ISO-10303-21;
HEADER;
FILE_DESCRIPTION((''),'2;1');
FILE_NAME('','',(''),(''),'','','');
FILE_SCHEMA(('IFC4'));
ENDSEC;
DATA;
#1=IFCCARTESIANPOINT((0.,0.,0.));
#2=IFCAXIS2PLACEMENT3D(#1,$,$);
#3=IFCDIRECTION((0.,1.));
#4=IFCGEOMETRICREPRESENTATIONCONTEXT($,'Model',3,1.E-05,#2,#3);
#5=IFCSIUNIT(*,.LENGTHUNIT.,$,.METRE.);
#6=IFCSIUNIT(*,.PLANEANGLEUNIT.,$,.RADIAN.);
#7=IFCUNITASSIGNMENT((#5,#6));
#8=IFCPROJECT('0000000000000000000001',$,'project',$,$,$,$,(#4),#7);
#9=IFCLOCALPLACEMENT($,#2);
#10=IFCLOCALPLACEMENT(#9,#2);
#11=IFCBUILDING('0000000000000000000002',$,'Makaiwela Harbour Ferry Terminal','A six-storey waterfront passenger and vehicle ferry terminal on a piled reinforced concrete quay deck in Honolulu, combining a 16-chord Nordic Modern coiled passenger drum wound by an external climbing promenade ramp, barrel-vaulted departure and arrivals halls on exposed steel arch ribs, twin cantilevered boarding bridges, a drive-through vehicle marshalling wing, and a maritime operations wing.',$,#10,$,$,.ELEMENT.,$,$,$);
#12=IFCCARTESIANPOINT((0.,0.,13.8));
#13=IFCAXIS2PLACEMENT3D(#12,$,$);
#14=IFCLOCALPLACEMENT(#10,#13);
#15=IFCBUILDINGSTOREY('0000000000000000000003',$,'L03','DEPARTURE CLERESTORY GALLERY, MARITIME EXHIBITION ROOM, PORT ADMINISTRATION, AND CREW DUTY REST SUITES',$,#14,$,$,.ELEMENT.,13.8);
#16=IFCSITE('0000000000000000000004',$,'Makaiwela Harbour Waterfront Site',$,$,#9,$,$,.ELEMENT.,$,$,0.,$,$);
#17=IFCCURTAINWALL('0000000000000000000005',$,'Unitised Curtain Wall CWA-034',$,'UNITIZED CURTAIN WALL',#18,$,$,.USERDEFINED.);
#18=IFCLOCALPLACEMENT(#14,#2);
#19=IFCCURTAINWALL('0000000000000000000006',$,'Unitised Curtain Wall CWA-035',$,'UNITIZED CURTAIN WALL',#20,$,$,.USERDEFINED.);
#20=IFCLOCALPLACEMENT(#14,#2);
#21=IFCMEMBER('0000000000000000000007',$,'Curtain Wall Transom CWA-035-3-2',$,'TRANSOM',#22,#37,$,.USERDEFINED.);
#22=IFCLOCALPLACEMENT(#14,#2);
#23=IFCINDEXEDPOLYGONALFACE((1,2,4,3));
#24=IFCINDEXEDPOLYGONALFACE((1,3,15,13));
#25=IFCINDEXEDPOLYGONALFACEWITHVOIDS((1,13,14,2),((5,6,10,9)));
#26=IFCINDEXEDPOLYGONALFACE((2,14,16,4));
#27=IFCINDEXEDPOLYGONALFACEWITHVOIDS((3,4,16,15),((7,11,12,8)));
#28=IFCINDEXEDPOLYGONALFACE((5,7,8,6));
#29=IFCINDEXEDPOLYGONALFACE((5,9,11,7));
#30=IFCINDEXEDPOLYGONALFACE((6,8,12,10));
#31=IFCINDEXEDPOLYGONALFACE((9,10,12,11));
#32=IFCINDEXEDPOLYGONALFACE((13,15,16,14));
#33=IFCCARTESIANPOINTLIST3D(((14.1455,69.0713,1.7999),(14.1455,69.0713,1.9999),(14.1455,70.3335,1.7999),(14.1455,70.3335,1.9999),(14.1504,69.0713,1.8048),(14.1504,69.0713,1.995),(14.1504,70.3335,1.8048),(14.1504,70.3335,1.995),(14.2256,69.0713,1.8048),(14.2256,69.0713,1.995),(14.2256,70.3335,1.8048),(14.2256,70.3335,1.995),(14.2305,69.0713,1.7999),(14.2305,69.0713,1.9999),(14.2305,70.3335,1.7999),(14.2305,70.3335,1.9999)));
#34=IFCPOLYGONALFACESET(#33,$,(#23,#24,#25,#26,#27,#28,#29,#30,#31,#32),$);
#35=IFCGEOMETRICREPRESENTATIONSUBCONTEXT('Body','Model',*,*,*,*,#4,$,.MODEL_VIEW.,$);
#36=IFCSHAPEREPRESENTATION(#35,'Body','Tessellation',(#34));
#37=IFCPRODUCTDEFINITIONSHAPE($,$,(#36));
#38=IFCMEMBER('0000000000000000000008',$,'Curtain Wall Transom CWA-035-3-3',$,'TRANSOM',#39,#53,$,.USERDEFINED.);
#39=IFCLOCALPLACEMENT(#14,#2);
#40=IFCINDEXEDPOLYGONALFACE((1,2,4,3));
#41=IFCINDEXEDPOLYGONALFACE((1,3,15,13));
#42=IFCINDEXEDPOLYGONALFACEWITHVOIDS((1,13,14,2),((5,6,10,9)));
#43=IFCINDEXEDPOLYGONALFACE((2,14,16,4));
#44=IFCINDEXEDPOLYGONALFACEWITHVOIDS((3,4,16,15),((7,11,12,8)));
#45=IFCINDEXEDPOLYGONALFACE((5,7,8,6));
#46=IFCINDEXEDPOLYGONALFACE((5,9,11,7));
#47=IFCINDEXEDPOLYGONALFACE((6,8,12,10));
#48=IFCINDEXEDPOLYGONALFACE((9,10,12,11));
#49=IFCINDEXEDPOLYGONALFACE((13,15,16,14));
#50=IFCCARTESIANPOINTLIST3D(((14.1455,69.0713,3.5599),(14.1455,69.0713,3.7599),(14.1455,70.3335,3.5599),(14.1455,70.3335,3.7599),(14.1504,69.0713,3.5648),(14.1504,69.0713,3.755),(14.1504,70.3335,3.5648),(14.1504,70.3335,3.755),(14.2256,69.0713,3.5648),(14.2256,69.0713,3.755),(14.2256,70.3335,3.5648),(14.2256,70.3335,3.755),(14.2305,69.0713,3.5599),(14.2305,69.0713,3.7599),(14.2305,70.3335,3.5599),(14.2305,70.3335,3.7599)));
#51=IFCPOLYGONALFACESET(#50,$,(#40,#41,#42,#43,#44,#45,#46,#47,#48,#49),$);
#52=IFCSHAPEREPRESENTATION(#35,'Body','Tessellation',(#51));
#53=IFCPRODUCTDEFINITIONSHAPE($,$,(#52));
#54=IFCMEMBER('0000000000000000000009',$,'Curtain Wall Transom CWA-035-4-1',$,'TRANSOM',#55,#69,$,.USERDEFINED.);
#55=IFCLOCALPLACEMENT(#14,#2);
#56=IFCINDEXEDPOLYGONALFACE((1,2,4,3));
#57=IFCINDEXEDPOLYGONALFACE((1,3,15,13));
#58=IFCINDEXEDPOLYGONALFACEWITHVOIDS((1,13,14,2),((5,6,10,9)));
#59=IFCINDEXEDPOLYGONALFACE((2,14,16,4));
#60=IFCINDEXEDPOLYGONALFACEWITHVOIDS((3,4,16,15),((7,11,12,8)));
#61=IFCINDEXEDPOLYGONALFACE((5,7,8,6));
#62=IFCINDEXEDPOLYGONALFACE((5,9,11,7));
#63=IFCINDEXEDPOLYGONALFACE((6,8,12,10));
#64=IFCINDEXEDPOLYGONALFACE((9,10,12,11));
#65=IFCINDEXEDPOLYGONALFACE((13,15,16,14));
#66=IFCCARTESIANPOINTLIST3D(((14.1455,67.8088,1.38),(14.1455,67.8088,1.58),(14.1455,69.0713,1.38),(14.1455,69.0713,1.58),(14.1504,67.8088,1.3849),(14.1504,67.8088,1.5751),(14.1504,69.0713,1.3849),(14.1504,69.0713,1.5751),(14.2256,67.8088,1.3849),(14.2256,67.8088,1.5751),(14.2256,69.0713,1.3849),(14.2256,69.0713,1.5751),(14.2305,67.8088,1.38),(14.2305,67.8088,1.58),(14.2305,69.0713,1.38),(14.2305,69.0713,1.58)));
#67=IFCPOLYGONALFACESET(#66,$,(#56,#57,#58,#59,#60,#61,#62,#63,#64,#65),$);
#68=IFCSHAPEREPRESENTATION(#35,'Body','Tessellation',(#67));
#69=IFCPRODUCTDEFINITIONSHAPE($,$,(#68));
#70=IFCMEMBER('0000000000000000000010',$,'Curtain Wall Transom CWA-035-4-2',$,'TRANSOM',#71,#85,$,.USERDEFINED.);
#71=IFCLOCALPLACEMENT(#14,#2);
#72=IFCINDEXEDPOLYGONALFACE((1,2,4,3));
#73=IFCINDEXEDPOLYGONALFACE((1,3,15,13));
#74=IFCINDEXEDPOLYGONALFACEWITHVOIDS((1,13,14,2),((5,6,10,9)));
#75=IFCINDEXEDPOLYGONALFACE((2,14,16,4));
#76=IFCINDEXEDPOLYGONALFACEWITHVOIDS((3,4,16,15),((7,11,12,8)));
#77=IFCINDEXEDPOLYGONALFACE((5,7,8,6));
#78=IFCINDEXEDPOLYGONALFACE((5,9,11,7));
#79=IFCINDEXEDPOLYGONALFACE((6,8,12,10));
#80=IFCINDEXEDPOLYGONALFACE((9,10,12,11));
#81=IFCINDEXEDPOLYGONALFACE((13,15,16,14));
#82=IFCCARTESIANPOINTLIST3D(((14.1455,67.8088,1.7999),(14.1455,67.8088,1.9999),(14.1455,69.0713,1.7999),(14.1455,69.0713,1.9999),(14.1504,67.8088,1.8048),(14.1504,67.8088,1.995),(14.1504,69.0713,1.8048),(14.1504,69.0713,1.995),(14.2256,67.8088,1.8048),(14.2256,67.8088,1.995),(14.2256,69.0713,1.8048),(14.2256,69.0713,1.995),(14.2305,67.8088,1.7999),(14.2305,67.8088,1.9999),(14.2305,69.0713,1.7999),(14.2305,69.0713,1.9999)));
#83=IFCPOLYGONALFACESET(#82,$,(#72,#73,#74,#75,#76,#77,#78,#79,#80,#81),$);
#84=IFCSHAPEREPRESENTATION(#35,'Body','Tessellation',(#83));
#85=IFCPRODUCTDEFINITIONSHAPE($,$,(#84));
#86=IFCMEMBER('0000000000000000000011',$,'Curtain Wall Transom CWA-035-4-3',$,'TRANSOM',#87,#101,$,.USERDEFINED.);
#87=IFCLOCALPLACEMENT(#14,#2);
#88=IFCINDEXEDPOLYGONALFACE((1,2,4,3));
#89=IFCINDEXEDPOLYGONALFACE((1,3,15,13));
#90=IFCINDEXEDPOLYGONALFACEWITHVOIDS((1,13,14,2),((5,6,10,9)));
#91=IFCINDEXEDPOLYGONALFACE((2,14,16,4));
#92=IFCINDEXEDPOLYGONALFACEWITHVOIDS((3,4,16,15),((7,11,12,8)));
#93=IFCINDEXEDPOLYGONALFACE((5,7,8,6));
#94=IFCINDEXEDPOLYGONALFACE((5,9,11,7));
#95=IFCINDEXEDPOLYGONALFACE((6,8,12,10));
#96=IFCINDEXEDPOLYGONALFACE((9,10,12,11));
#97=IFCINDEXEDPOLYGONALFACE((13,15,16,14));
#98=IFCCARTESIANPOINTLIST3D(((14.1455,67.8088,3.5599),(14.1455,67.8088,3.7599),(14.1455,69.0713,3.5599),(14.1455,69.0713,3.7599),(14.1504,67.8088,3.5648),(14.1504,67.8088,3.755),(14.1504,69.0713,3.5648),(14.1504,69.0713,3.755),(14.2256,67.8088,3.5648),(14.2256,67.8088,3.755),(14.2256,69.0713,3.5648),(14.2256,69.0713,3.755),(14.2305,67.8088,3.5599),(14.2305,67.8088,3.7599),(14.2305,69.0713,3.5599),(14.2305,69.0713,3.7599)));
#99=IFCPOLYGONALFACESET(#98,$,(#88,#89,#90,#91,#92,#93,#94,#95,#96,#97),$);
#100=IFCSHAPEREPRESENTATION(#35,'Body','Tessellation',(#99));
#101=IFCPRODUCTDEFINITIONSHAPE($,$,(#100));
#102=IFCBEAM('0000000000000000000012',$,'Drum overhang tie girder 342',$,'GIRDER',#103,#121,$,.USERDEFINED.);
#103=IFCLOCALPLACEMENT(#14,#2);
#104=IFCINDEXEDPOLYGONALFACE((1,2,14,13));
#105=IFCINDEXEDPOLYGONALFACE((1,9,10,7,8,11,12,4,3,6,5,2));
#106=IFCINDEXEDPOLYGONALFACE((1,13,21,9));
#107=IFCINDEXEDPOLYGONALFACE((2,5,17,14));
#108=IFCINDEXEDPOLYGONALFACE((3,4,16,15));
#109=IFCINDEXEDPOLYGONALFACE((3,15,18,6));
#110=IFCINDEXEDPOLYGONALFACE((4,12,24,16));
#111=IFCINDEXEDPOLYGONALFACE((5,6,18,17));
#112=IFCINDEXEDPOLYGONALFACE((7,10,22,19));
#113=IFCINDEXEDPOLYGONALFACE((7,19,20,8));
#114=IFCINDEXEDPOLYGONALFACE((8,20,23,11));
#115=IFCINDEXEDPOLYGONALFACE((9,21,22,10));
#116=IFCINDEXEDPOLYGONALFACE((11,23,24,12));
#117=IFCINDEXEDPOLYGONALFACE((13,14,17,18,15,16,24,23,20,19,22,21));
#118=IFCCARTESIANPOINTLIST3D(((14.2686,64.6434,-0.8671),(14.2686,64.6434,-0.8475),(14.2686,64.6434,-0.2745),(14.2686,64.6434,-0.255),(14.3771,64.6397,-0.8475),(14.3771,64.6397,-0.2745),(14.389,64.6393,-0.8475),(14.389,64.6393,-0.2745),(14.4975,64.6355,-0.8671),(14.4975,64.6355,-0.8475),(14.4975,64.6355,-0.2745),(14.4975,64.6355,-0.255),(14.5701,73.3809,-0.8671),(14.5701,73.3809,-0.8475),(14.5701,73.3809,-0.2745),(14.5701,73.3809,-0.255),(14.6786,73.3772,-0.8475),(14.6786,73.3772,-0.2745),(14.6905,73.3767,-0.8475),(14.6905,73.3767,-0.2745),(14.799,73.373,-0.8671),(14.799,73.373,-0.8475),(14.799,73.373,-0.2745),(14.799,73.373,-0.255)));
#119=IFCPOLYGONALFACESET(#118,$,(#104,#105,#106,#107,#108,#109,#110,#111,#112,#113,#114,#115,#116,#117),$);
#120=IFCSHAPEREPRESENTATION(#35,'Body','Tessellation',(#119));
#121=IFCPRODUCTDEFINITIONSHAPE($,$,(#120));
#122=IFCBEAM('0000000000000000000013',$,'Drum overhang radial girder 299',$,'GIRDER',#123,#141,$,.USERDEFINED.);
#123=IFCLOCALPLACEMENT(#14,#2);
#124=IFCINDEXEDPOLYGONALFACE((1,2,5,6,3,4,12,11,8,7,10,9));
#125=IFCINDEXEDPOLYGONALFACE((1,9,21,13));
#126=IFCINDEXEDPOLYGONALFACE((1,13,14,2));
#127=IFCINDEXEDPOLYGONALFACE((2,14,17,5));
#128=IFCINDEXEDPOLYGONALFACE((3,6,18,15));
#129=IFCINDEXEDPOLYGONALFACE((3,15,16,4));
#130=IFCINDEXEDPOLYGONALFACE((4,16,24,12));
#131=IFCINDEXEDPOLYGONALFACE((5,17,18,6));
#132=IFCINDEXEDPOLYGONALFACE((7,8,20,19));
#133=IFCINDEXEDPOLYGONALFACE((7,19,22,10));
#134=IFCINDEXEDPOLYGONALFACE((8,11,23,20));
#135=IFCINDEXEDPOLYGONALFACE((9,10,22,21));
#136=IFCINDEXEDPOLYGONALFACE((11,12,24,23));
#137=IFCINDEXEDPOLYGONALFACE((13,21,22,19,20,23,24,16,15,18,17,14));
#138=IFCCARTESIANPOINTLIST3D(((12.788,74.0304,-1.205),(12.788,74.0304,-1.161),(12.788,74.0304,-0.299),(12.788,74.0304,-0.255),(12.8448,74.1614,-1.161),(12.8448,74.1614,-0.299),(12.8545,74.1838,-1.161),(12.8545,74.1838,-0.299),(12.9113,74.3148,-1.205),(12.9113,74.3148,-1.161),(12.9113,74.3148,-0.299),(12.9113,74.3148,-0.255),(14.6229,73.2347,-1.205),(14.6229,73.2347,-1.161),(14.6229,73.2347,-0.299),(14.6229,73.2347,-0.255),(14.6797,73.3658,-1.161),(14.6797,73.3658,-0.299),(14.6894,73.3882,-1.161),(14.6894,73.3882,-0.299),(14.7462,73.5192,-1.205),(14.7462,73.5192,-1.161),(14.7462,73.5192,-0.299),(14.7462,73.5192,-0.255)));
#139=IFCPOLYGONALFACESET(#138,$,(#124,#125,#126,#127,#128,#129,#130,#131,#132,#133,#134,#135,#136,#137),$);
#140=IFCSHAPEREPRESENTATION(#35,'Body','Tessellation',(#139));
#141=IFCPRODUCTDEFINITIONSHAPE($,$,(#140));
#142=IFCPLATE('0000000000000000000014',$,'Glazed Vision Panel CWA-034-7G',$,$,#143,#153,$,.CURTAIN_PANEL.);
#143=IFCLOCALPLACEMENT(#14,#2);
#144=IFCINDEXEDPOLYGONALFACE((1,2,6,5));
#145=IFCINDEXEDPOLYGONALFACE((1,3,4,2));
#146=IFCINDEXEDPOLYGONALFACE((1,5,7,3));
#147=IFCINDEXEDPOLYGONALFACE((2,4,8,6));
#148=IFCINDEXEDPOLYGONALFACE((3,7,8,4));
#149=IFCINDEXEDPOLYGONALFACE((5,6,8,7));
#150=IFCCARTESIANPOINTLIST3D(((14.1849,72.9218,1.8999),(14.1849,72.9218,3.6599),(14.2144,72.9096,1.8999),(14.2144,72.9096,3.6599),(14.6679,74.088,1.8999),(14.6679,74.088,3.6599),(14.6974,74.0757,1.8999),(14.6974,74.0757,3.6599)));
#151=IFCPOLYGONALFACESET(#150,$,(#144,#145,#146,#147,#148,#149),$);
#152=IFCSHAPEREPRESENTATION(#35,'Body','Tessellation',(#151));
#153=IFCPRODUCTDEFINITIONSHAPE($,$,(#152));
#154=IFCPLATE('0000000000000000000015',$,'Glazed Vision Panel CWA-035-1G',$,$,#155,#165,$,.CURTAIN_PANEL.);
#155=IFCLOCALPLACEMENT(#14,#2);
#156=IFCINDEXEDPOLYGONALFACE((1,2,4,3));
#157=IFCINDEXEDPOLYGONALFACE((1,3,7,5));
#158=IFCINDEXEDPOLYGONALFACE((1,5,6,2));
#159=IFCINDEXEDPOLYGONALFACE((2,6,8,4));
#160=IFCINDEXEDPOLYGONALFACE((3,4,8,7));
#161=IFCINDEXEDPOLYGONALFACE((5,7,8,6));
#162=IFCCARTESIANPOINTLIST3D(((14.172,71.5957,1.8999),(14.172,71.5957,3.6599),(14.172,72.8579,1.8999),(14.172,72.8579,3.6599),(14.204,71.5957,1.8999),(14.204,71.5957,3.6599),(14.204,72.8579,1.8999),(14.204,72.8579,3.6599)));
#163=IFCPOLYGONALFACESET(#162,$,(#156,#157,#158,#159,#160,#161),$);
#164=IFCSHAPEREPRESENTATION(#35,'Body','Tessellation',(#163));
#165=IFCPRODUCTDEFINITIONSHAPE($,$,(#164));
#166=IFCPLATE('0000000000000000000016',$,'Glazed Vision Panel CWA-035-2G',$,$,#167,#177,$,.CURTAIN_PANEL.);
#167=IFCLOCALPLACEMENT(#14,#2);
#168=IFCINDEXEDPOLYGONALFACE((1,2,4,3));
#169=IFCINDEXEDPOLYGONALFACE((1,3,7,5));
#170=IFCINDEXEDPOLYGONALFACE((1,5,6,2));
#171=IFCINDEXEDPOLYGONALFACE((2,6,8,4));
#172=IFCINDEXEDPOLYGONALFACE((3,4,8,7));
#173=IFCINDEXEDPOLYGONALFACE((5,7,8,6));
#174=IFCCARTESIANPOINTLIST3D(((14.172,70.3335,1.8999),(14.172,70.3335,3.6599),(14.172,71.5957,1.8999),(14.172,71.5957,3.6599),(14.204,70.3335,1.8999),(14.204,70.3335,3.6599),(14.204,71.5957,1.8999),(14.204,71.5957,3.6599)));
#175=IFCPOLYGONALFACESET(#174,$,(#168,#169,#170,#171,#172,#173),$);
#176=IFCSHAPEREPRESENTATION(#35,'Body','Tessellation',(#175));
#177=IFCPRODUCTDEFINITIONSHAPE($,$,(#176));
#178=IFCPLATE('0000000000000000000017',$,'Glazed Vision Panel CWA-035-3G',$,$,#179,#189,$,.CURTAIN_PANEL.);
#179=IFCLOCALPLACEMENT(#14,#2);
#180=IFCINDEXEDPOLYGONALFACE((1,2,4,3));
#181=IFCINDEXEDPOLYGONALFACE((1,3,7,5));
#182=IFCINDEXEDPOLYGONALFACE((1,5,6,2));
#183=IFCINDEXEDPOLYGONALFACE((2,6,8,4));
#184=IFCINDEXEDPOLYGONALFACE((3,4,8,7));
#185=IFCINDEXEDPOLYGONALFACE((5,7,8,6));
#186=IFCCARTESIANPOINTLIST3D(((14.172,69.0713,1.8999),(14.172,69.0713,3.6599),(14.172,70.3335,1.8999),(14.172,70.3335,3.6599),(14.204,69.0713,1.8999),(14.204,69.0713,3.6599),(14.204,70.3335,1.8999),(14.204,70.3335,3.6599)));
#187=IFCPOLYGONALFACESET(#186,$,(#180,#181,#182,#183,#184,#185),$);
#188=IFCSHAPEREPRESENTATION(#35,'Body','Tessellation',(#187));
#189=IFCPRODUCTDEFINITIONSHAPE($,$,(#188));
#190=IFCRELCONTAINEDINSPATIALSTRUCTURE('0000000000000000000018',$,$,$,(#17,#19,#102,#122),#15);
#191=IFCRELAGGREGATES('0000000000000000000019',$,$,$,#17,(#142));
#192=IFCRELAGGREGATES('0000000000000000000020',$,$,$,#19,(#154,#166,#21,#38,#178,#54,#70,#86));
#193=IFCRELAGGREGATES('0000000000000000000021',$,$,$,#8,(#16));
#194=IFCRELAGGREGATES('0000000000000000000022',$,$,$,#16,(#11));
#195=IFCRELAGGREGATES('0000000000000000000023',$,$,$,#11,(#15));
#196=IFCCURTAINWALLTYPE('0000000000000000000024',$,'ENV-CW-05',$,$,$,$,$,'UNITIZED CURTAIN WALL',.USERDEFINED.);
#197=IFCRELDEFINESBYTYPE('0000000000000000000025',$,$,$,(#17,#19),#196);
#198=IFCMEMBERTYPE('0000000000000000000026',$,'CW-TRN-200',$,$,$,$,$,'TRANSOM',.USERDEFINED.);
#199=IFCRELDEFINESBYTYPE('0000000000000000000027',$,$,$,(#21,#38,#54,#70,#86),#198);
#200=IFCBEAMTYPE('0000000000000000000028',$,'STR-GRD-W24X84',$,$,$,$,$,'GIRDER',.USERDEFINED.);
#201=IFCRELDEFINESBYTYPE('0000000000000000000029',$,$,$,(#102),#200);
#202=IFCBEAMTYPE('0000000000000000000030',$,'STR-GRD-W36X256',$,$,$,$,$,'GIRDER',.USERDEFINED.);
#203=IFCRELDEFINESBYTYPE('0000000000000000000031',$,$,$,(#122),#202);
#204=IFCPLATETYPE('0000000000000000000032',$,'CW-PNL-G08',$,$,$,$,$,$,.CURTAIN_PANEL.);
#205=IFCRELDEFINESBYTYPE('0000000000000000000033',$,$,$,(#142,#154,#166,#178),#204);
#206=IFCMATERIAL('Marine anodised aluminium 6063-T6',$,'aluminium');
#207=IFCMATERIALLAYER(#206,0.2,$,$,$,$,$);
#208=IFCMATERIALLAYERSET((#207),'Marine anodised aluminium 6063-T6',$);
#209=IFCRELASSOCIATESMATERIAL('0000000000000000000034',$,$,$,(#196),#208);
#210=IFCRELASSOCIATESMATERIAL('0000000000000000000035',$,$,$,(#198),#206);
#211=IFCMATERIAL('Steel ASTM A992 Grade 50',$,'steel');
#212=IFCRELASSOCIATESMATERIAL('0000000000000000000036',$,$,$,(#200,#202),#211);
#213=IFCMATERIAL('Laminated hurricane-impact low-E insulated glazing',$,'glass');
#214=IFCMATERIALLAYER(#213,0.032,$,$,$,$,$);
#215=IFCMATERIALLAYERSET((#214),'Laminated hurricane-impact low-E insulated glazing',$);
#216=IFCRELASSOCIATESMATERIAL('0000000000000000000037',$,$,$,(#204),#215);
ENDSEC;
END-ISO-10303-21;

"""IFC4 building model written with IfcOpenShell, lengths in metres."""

from ifc_helpers import new_model, si_unit, direction, frame, origin, origin_2d, place, context, subcontext, project, spatial, rectangle, hollow_rectangle, i_section, extrude, material, layer, layer_set, material_profile, profile_set, type_object, element, aggregate, save


model = new_model("IFC4")

# Units and contexts
model_context = context("Model", 3, precision=1e-05, world=origin(), true_north=direction((0.0, 1.0)))
body_context = subcontext(model_context, "Body", "Model", "MODEL_VIEW")
ifc_project = project(units=[si_unit("LENGTHUNIT", "METRE"), si_unit("PLANEANGLEUNIT", "RADIAN")], contexts=[model_context])

# Site, building, storey
site_placement = place(None, origin())
site = spatial("IfcSite", under=ifc_project, at=site_placement, Name="Makaiwela Harbour Waterfront Site", CompositionType="ELEMENT", RefElevation=0.0)
building_placement = place(site_placement, origin())
building = spatial("IfcBuilding", under=site, at=building_placement, Name="Makaiwela Harbour Ferry Terminal", Description="A six-storey waterfront passenger and vehicle ferry terminal on a piled reinforced concrete quay deck in Honolulu, combining a 16-chord Nordic Modern coiled passenger drum wound by an external climbing promenade ramp, barrel-vaulted departure and arrivals halls on exposed steel arch ribs, twin cantilevered boarding bridges, a drive-through vehicle marshalling wing, and a maritime operations wing.", CompositionType="ELEMENT")
storey_placement = place(building_placement, frame((0.0, 0.0, 13.8)))
storey = spatial("IfcBuildingStorey", under=building, at=storey_placement, Name="L03", Description="DEPARTURE CLERESTORY GALLERY, MARITIME EXHIBITION ROOM, PORT ADMINISTRATION, AND CREW DUTY REST SUITES", CompositionType="ELEMENT", Elevation=13.8)

# Curtain wall
ifc_material_1 = material(Name="Marine anodised aluminium 6063-T6", Category="aluminium")
ifc_layer_1 = layer(ifc_material_1, 0.2)
ifc_layer_set_1 = layer_set([ifc_layer_1], Name="Marine anodised aluminium 6063-T6")
curtain_wall_type = type_object("IfcCurtainWallType", Name="ENV-CW-05", ElementType="UNITIZED CURTAIN WALL", PredefinedType="USERDEFINED", material=ifc_layer_set_1)
curtain_wall_1_placement = place(storey_placement, origin())
curtain_wall_1 = element("IfcCurtainWall", 1, at=curtain_wall_1_placement, inside=storey, type_object=curtain_wall_type, Name="Unitised Curtain Wall CWA-034", ObjectType="UNITIZED CURTAIN WALL", PredefinedType="USERDEFINED")

# Curtain wall, members
curtain_wall_2_placement = place(storey_placement, origin())
curtain_wall_2 = element("IfcCurtainWall", 2, at=curtain_wall_2_placement, inside=storey, type_object=curtain_wall_type, Name="Unitised Curtain Wall CWA-035", ObjectType="UNITIZED CURTAIN WALL", PredefinedType="USERDEFINED")
ifc_material_profile_1 = material_profile(ifc_material_1, hollow_rectangle(XDim=0.085, YDim=0.2, WallThickness=0.0049, at=origin_2d()), Name="CWT-200X85")
ifc_profile_set_1 = profile_set([ifc_material_profile_1], Name="Marine anodised aluminium 6063-T6")
member_type_1 = type_object("IfcMemberType", Name="CW-TRN-200", ElementType="TRANSOM", PredefinedType="USERDEFINED", material=ifc_profile_set_1)
member_1_placement = place(storey_placement, frame((14.188, 70.3335, 1.8999), z_axis=(0.0, -1.0, 0.0), x_axis=(1.0, 0.0, 0.0)))
member_1 = element("IfcMember", 3, at=member_1_placement, type_object=member_type_1, Name="Curtain Wall Transom CWA-035-3-2", ObjectType="TRANSOM", PredefinedType="USERDEFINED", context=body_context, shape_type="SweptSolid", body=[
    extrude(hollow_rectangle(XDim=0.085, YDim=0.2, WallThickness=0.0049, at=origin_2d()), origin(), (0.0, 0.0, 1.0), 1.2622),
])
member_2_placement = place(storey_placement, frame((14.188, 70.3335, 3.6599), z_axis=(0.0, -1.0, 0.0), x_axis=(1.0, 0.0, 0.0)))
member_2 = element("IfcMember", 4, at=member_2_placement, type_object=member_type_1, Name="Curtain Wall Transom CWA-035-3-3", ObjectType="TRANSOM", PredefinedType="USERDEFINED", context=body_context, shape_type="SweptSolid", body=[
    extrude(hollow_rectangle(XDim=0.085, YDim=0.2, WallThickness=0.0049, at=origin_2d()), origin(), (0.0, 0.0, 1.0), 1.2622),
])
member_3_placement = place(storey_placement, frame((14.188, 69.0713, 1.48), z_axis=(0.0, -1.0, 0.0), x_axis=(1.0, 0.0, 0.0)))
member_3 = element("IfcMember", 5, at=member_3_placement, type_object=member_type_1, Name="Curtain Wall Transom CWA-035-4-1", ObjectType="TRANSOM", PredefinedType="USERDEFINED", context=body_context, shape_type="SweptSolid", body=[
    extrude(hollow_rectangle(XDim=0.085, YDim=0.2, WallThickness=0.0049, at=origin_2d()), origin(), (0.0, 0.0, 1.0), 1.2625),
])
member_4_placement = place(storey_placement, frame((14.188, 69.0713, 1.8999), z_axis=(0.0, -1.0, 0.0), x_axis=(1.0, 0.0, 0.0)))
member_4 = element("IfcMember", 6, at=member_4_placement, type_object=member_type_1, Name="Curtain Wall Transom CWA-035-4-2", ObjectType="TRANSOM", PredefinedType="USERDEFINED", context=body_context, shape_type="SweptSolid", body=[
    extrude(hollow_rectangle(XDim=0.085, YDim=0.2, WallThickness=0.0049, at=origin_2d()), origin(), (0.0, 0.0, 1.0), 1.2625),
])
member_5_placement = place(storey_placement, frame((14.188, 69.0713, 3.6599), z_axis=(0.0, -1.0, 0.0), x_axis=(1.0, 0.0, 0.0)))
member_5 = element("IfcMember", 7, at=member_5_placement, type_object=member_type_1, Name="Curtain Wall Transom CWA-035-4-3", ObjectType="TRANSOM", PredefinedType="USERDEFINED", context=body_context, shape_type="SweptSolid", body=[
    extrude(hollow_rectangle(XDim=0.085, YDim=0.2, WallThickness=0.0049, at=origin_2d()), origin(), (0.0, 0.0, 1.0), 1.2625),
])

# Beams
ifc_material_2 = material(Name="Steel ASTM A992 Grade 50", Category="steel")
ifc_material_profile_2 = material_profile(ifc_material_2, i_section(OverallWidth=0.229, OverallDepth=0.6121, WebThickness=0.012, FlangeThickness=0.0195, at=origin_2d()), Name="W24X84")
ifc_profile_set_2 = profile_set([ifc_material_profile_2], Name="Steel ASTM A992 Grade 50")
beam_type_1 = type_object("IfcBeamType", Name="STR-GRD-W24X84", ElementType="GIRDER", PredefinedType="USERDEFINED", material=ifc_profile_set_2)
beam_1_placement = place(storey_placement, frame((14.6846, 73.377, -0.561), z_axis=(-0.034487, -0.999405, 0.0), x_axis=(0.999405, -0.034487, 0.0)))
element("IfcBeam", 8, at=beam_1_placement, inside=storey, type_object=beam_type_1, Name="Drum overhang tie girder 342", ObjectType="GIRDER", PredefinedType="USERDEFINED", context=body_context, shape_type="SweptSolid", body=[
    extrude(i_section(OverallWidth=0.229, OverallDepth=0.6121, WebThickness=0.012, FlangeThickness=0.0195, at=origin_2d()), origin(), (0.0, 0.0, 1.0), 8.7427),
])
ifc_material_profile_3 = material_profile(ifc_material_2, i_section(OverallWidth=0.3101, OverallDepth=0.95, WebThickness=0.0244, FlangeThickness=0.0439, at=origin_2d()), Name="W36X256")
ifc_profile_set_3 = profile_set([ifc_material_profile_3], Name="Steel ASTM A992 Grade 50")
beam_type_2 = type_object("IfcBeamType", Name="STR-GRD-W36X256", ElementType="GIRDER", PredefinedType="USERDEFINED", material=ifc_profile_set_3)
beam_2_placement = place(storey_placement, frame((14.6846, 73.377, -0.73), z_axis=(-0.917464, 0.39782, 0.0), x_axis=(-0.39782, -0.917464, 0.0)))
element("IfcBeam", 9, at=beam_2_placement, inside=storey, type_object=beam_type_2, Name="Drum overhang radial girder 299", ObjectType="GIRDER", PredefinedType="USERDEFINED", context=body_context, shape_type="SweptSolid", body=[
    extrude(i_section(OverallWidth=0.3101, OverallDepth=0.95, WebThickness=0.0244, FlangeThickness=0.0439, at=origin_2d()), origin(), (0.0, 0.0, 1.0), 2.0),
])

# Plates
ifc_material_3 = material(Name="Laminated hurricane-impact low-E insulated glazing", Category="glass")
ifc_layer_2 = layer(ifc_material_3, 0.032)
ifc_layer_set_2 = layer_set([ifc_layer_2], Name="Laminated hurricane-impact low-E insulated glazing")
plate_type_1 = type_object("IfcPlateType", Name="CW-PNL-G08", PredefinedType="CURTAIN_PANEL", material=ifc_layer_set_2)
plate_1_placement = place(storey_placement, frame((14.4412, 73.4988, 1.8999), z_axis=(0.0, 0.0, 1.0), x_axis=(-0.382683, -0.92388, 0.0)))
plate_1 = element("IfcPlate", 10, at=plate_1_placement, type_object=plate_type_1, Name="Glazed Vision Panel CWA-034-7G", PredefinedType="CURTAIN_PANEL", context=body_context, shape_type="SweptSolid", body=[
    extrude(rectangle(XDim=1.2622, YDim=0.032, at=origin_2d()), origin(), (0.0, 0.0, 1.0), 1.76),
])
plate_2_placement = place(storey_placement, frame((14.188, 72.2268, 1.8999), z_axis=(0.0, 0.0, 1.0), x_axis=(0.0, -1.0, 0.0)))
plate_2 = element("IfcPlate", 11, at=plate_2_placement, type_object=plate_type_1, Name="Glazed Vision Panel CWA-035-1G", PredefinedType="CURTAIN_PANEL", context=body_context, shape_type="SweptSolid", body=[
    extrude(rectangle(XDim=1.2622, YDim=0.032, at=origin_2d()), origin(), (0.0, 0.0, 1.0), 1.76),
])
plate_3_placement = place(storey_placement, frame((14.188, 70.9646, 1.8999), z_axis=(0.0, 0.0, 1.0), x_axis=(0.0, -1.0, 0.0)))
plate_3 = element("IfcPlate", 12, at=plate_3_placement, type_object=plate_type_1, Name="Glazed Vision Panel CWA-035-2G", PredefinedType="CURTAIN_PANEL", context=body_context, shape_type="SweptSolid", body=[
    extrude(rectangle(XDim=1.2622, YDim=0.032, at=origin_2d()), origin(), (0.0, 0.0, 1.0), 1.76),
])
plate_4_placement = place(storey_placement, frame((14.188, 69.7024, 1.8999), z_axis=(0.0, 0.0, 1.0), x_axis=(0.0, -1.0, 0.0)))
plate_4 = element("IfcPlate", 13, at=plate_4_placement, type_object=plate_type_1, Name="Glazed Vision Panel CWA-035-3G", PredefinedType="CURTAIN_PANEL", context=body_context, shape_type="SweptSolid", body=[
    extrude(rectangle(XDim=1.2622, YDim=0.032, at=origin_2d()), origin(), (0.0, 0.0, 1.0), 1.76),
])
aggregate(curtain_wall_1, [plate_1])
aggregate(curtain_wall_2, [plate_2, plate_3, member_1, member_2, plate_4, member_3, member_4, member_5])

save(model, "model.ifc")
